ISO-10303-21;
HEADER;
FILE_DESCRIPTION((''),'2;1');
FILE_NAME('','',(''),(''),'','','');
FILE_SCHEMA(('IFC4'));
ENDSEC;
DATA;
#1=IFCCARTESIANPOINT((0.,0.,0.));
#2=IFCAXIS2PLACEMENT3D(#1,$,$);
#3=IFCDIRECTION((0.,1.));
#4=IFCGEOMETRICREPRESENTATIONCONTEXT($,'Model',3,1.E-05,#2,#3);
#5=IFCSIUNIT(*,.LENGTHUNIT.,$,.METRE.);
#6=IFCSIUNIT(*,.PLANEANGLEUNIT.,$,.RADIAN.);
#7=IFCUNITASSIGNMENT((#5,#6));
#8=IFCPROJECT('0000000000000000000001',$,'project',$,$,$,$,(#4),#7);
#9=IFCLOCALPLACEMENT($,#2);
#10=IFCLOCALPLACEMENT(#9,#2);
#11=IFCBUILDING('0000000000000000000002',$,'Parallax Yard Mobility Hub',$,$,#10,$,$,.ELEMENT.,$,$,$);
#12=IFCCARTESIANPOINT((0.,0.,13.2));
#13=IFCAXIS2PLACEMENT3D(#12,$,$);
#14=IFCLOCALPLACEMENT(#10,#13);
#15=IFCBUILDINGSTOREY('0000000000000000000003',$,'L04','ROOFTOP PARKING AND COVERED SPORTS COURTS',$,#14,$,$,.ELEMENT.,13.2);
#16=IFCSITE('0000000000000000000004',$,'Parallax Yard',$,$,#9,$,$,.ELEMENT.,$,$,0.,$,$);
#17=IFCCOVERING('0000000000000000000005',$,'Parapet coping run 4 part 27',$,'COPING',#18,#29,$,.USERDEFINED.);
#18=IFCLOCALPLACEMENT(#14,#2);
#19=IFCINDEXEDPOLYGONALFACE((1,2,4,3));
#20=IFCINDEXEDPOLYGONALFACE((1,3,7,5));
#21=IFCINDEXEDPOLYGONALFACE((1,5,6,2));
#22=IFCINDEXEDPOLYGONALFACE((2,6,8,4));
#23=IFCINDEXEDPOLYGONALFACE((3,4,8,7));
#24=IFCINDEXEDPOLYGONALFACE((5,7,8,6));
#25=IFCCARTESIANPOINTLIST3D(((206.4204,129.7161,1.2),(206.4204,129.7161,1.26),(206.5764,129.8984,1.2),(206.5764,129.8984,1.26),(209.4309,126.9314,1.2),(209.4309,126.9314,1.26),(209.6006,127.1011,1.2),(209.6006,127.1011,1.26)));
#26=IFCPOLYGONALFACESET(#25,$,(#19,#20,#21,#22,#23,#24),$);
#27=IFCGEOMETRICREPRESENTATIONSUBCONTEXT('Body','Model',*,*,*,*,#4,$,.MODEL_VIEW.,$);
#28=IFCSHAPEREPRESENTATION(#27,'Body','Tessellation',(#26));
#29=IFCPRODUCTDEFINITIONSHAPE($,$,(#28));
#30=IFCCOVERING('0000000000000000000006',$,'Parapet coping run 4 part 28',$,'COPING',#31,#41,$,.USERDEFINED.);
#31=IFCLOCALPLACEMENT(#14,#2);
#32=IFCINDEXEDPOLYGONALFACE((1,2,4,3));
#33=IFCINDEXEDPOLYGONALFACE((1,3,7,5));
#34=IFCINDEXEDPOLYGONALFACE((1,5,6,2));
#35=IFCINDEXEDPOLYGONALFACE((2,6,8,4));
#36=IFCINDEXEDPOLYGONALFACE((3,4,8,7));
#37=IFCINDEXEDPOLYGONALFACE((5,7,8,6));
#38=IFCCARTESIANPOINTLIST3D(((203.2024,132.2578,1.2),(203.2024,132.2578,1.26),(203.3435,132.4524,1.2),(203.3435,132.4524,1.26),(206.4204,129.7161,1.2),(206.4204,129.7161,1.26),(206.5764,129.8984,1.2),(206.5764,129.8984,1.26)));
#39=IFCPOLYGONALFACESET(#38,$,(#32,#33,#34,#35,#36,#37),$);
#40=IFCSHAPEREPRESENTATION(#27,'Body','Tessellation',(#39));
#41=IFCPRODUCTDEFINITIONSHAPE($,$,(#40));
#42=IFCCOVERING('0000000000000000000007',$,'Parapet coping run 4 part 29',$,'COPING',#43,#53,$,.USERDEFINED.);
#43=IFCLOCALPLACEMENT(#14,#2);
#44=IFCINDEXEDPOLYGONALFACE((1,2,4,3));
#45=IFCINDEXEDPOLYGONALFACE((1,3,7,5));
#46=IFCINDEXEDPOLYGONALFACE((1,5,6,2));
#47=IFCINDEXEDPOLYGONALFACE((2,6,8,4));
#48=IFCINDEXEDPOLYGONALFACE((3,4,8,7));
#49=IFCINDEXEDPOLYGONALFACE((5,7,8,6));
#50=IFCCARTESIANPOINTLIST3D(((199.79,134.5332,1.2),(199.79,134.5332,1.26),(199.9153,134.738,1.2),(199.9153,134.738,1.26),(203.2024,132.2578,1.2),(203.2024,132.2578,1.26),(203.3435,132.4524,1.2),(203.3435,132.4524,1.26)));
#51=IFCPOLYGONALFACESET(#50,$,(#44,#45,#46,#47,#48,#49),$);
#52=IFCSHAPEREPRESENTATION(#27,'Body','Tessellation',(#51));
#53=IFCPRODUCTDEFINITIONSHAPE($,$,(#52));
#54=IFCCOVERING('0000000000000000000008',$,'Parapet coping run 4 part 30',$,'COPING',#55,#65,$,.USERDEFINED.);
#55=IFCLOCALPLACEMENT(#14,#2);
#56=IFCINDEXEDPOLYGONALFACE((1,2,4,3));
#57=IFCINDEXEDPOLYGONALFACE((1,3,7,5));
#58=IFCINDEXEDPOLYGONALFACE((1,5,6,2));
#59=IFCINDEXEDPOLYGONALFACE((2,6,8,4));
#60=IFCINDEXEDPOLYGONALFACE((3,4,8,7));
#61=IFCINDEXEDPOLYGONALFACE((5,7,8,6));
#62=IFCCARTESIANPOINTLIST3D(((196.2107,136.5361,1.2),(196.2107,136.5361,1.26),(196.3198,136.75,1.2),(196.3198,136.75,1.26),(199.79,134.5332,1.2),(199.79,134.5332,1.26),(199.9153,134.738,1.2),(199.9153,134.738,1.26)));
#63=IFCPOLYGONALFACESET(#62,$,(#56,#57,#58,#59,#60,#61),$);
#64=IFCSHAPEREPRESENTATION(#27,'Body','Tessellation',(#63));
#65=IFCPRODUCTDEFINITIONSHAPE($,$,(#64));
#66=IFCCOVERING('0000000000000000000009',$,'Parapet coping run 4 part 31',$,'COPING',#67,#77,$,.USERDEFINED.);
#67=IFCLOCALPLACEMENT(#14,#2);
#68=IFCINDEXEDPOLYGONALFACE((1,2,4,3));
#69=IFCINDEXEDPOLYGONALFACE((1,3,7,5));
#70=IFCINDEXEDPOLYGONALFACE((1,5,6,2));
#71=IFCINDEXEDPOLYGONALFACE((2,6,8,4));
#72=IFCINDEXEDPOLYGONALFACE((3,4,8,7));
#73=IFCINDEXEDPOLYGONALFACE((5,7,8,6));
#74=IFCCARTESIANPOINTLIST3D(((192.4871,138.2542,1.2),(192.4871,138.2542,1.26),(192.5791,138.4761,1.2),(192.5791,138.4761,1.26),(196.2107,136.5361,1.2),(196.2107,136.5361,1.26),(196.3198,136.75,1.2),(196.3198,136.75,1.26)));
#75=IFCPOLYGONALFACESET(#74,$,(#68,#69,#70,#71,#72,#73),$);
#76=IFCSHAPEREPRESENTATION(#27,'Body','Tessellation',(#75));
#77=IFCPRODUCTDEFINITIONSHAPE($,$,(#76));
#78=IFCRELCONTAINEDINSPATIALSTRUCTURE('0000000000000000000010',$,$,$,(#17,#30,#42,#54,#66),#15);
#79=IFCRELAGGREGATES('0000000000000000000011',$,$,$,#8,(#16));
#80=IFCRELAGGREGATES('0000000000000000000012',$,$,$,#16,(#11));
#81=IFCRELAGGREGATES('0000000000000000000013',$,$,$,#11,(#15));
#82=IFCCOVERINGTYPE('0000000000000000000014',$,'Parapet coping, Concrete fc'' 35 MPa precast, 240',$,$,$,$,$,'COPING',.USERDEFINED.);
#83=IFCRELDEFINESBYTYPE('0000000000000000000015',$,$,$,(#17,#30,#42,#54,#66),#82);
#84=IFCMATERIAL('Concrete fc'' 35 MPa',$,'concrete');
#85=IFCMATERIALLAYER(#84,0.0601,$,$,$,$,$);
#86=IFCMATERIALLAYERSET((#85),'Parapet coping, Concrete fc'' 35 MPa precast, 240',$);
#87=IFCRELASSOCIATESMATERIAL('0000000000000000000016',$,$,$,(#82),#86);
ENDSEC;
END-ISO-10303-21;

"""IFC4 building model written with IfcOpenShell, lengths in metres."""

from ifc_helpers import new_model, si_unit, direction, frame, origin, place, context, subcontext, project, spatial, polyline, outline, extrude, material, layer, layer_set, type_object, element, save


model = new_model("IFC4")

# Units and contexts
model_context = context("Model", 3, precision=1e-05, world=origin(), true_north=direction((0.0, 1.0)))
body_context = subcontext(model_context, "Body", "Model", "MODEL_VIEW")
ifc_project = project(units=[si_unit("LENGTHUNIT", "METRE"), si_unit("PLANEANGLEUNIT", "RADIAN")], contexts=[model_context])

# Site, building, storey
site_placement = place(None, origin())
site = spatial("IfcSite", under=ifc_project, at=site_placement, Name="Parallax Yard", CompositionType="ELEMENT", RefElevation=0.0)
building_placement = place(site_placement, origin())
building = spatial("IfcBuilding", under=site, at=building_placement, Name="Parallax Yard Mobility Hub", CompositionType="ELEMENT")
storey_placement = place(building_placement, frame((0.0, 0.0, 13.2)))
storey = spatial("IfcBuildingStorey", under=building, at=storey_placement, Name="L04", Description="ROOFTOP PARKING AND COVERED SPORTS COURTS", CompositionType="ELEMENT", Elevation=13.2)

# Coverings
ifc_material = material(Name="Concrete fc' 35 MPa", Category="concrete")
ifc_layer = layer(ifc_material, 0.0601)
ifc_layer_set = layer_set([ifc_layer], Name="Parapet coping, Concrete fc' 35 MPa precast, 240")
covering_type = type_object("IfcCoveringType", Name="Parapet coping, Concrete fc' 35 MPa precast, 240", ElementType="COPING", PredefinedType="USERDEFINED", material=ifc_layer_set)
covering_1_placement = place(storey_placement, frame((0.0, 0.0, 1.2)))
element("IfcCovering", 1, at=covering_1_placement, inside=storey, type_object=covering_type, Name="Parapet coping run 4 part 27", ObjectType="COPING", PredefinedType="USERDEFINED", context=body_context, shape_type="SweptSolid", body=[
    extrude(outline(polyline([(209.4309, 126.9314), (209.6006, 127.1011), (206.5764, 129.8984), (206.4204, 129.7161), (209.4309, 126.9314)])), origin(), (0.0, 0.0, 1.0), 0.0601),
])
covering_2_placement = place(storey_placement, frame((0.0, 0.0, 1.2)))
element("IfcCovering", 2, at=covering_2_placement, inside=storey, type_object=covering_type, Name="Parapet coping run 4 part 28", ObjectType="COPING", PredefinedType="USERDEFINED", context=body_context, shape_type="SweptSolid", body=[
    extrude(outline(polyline([(206.4204, 129.7161), (206.5764, 129.8984), (203.3435, 132.4524), (203.2024, 132.2578), (206.4204, 129.7161)])), origin(), (0.0, 0.0, 1.0), 0.0601),
])
covering_3_placement = place(storey_placement, frame((0.0, 0.0, 1.2)))
element("IfcCovering", 3, at=covering_3_placement, inside=storey, type_object=covering_type, Name="Parapet coping run 4 part 29", ObjectType="COPING", PredefinedType="USERDEFINED", context=body_context, shape_type="SweptSolid", body=[
    extrude(outline(polyline([(203.2024, 132.2578), (203.3435, 132.4524), (199.9153, 134.738), (199.79, 134.5332), (203.2024, 132.2578)])), origin(), (0.0, 0.0, 1.0), 0.0601),
])
covering_4_placement = place(storey_placement, frame((0.0, 0.0, 1.2)))
element("IfcCovering", 4, at=covering_4_placement, inside=storey, type_object=covering_type, Name="Parapet coping run 4 part 30", ObjectType="COPING", PredefinedType="USERDEFINED", context=body_context, shape_type="SweptSolid", body=[
    extrude(outline(polyline([(199.79, 134.5332), (199.9153, 134.738), (196.3198, 136.75), (196.2107, 136.5361), (199.79, 134.5332)])), origin(), (0.0, 0.0, 1.0), 0.0601),
])
covering_5_placement = place(storey_placement, frame((0.0, 0.0, 1.2)))
element("IfcCovering", 5, at=covering_5_placement, inside=storey, type_object=covering_type, Name="Parapet coping run 4 part 31", ObjectType="COPING", PredefinedType="USERDEFINED", context=body_context, shape_type="SweptSolid", body=[
    extrude(outline(polyline([(196.2107, 136.5361), (196.3198, 136.75), (192.5791, 138.4761), (192.4871, 138.2542), (196.2107, 136.5361)])), origin(), (0.0, 0.0, 1.0), 0.0601),
])

save(model, "model.ifc")
